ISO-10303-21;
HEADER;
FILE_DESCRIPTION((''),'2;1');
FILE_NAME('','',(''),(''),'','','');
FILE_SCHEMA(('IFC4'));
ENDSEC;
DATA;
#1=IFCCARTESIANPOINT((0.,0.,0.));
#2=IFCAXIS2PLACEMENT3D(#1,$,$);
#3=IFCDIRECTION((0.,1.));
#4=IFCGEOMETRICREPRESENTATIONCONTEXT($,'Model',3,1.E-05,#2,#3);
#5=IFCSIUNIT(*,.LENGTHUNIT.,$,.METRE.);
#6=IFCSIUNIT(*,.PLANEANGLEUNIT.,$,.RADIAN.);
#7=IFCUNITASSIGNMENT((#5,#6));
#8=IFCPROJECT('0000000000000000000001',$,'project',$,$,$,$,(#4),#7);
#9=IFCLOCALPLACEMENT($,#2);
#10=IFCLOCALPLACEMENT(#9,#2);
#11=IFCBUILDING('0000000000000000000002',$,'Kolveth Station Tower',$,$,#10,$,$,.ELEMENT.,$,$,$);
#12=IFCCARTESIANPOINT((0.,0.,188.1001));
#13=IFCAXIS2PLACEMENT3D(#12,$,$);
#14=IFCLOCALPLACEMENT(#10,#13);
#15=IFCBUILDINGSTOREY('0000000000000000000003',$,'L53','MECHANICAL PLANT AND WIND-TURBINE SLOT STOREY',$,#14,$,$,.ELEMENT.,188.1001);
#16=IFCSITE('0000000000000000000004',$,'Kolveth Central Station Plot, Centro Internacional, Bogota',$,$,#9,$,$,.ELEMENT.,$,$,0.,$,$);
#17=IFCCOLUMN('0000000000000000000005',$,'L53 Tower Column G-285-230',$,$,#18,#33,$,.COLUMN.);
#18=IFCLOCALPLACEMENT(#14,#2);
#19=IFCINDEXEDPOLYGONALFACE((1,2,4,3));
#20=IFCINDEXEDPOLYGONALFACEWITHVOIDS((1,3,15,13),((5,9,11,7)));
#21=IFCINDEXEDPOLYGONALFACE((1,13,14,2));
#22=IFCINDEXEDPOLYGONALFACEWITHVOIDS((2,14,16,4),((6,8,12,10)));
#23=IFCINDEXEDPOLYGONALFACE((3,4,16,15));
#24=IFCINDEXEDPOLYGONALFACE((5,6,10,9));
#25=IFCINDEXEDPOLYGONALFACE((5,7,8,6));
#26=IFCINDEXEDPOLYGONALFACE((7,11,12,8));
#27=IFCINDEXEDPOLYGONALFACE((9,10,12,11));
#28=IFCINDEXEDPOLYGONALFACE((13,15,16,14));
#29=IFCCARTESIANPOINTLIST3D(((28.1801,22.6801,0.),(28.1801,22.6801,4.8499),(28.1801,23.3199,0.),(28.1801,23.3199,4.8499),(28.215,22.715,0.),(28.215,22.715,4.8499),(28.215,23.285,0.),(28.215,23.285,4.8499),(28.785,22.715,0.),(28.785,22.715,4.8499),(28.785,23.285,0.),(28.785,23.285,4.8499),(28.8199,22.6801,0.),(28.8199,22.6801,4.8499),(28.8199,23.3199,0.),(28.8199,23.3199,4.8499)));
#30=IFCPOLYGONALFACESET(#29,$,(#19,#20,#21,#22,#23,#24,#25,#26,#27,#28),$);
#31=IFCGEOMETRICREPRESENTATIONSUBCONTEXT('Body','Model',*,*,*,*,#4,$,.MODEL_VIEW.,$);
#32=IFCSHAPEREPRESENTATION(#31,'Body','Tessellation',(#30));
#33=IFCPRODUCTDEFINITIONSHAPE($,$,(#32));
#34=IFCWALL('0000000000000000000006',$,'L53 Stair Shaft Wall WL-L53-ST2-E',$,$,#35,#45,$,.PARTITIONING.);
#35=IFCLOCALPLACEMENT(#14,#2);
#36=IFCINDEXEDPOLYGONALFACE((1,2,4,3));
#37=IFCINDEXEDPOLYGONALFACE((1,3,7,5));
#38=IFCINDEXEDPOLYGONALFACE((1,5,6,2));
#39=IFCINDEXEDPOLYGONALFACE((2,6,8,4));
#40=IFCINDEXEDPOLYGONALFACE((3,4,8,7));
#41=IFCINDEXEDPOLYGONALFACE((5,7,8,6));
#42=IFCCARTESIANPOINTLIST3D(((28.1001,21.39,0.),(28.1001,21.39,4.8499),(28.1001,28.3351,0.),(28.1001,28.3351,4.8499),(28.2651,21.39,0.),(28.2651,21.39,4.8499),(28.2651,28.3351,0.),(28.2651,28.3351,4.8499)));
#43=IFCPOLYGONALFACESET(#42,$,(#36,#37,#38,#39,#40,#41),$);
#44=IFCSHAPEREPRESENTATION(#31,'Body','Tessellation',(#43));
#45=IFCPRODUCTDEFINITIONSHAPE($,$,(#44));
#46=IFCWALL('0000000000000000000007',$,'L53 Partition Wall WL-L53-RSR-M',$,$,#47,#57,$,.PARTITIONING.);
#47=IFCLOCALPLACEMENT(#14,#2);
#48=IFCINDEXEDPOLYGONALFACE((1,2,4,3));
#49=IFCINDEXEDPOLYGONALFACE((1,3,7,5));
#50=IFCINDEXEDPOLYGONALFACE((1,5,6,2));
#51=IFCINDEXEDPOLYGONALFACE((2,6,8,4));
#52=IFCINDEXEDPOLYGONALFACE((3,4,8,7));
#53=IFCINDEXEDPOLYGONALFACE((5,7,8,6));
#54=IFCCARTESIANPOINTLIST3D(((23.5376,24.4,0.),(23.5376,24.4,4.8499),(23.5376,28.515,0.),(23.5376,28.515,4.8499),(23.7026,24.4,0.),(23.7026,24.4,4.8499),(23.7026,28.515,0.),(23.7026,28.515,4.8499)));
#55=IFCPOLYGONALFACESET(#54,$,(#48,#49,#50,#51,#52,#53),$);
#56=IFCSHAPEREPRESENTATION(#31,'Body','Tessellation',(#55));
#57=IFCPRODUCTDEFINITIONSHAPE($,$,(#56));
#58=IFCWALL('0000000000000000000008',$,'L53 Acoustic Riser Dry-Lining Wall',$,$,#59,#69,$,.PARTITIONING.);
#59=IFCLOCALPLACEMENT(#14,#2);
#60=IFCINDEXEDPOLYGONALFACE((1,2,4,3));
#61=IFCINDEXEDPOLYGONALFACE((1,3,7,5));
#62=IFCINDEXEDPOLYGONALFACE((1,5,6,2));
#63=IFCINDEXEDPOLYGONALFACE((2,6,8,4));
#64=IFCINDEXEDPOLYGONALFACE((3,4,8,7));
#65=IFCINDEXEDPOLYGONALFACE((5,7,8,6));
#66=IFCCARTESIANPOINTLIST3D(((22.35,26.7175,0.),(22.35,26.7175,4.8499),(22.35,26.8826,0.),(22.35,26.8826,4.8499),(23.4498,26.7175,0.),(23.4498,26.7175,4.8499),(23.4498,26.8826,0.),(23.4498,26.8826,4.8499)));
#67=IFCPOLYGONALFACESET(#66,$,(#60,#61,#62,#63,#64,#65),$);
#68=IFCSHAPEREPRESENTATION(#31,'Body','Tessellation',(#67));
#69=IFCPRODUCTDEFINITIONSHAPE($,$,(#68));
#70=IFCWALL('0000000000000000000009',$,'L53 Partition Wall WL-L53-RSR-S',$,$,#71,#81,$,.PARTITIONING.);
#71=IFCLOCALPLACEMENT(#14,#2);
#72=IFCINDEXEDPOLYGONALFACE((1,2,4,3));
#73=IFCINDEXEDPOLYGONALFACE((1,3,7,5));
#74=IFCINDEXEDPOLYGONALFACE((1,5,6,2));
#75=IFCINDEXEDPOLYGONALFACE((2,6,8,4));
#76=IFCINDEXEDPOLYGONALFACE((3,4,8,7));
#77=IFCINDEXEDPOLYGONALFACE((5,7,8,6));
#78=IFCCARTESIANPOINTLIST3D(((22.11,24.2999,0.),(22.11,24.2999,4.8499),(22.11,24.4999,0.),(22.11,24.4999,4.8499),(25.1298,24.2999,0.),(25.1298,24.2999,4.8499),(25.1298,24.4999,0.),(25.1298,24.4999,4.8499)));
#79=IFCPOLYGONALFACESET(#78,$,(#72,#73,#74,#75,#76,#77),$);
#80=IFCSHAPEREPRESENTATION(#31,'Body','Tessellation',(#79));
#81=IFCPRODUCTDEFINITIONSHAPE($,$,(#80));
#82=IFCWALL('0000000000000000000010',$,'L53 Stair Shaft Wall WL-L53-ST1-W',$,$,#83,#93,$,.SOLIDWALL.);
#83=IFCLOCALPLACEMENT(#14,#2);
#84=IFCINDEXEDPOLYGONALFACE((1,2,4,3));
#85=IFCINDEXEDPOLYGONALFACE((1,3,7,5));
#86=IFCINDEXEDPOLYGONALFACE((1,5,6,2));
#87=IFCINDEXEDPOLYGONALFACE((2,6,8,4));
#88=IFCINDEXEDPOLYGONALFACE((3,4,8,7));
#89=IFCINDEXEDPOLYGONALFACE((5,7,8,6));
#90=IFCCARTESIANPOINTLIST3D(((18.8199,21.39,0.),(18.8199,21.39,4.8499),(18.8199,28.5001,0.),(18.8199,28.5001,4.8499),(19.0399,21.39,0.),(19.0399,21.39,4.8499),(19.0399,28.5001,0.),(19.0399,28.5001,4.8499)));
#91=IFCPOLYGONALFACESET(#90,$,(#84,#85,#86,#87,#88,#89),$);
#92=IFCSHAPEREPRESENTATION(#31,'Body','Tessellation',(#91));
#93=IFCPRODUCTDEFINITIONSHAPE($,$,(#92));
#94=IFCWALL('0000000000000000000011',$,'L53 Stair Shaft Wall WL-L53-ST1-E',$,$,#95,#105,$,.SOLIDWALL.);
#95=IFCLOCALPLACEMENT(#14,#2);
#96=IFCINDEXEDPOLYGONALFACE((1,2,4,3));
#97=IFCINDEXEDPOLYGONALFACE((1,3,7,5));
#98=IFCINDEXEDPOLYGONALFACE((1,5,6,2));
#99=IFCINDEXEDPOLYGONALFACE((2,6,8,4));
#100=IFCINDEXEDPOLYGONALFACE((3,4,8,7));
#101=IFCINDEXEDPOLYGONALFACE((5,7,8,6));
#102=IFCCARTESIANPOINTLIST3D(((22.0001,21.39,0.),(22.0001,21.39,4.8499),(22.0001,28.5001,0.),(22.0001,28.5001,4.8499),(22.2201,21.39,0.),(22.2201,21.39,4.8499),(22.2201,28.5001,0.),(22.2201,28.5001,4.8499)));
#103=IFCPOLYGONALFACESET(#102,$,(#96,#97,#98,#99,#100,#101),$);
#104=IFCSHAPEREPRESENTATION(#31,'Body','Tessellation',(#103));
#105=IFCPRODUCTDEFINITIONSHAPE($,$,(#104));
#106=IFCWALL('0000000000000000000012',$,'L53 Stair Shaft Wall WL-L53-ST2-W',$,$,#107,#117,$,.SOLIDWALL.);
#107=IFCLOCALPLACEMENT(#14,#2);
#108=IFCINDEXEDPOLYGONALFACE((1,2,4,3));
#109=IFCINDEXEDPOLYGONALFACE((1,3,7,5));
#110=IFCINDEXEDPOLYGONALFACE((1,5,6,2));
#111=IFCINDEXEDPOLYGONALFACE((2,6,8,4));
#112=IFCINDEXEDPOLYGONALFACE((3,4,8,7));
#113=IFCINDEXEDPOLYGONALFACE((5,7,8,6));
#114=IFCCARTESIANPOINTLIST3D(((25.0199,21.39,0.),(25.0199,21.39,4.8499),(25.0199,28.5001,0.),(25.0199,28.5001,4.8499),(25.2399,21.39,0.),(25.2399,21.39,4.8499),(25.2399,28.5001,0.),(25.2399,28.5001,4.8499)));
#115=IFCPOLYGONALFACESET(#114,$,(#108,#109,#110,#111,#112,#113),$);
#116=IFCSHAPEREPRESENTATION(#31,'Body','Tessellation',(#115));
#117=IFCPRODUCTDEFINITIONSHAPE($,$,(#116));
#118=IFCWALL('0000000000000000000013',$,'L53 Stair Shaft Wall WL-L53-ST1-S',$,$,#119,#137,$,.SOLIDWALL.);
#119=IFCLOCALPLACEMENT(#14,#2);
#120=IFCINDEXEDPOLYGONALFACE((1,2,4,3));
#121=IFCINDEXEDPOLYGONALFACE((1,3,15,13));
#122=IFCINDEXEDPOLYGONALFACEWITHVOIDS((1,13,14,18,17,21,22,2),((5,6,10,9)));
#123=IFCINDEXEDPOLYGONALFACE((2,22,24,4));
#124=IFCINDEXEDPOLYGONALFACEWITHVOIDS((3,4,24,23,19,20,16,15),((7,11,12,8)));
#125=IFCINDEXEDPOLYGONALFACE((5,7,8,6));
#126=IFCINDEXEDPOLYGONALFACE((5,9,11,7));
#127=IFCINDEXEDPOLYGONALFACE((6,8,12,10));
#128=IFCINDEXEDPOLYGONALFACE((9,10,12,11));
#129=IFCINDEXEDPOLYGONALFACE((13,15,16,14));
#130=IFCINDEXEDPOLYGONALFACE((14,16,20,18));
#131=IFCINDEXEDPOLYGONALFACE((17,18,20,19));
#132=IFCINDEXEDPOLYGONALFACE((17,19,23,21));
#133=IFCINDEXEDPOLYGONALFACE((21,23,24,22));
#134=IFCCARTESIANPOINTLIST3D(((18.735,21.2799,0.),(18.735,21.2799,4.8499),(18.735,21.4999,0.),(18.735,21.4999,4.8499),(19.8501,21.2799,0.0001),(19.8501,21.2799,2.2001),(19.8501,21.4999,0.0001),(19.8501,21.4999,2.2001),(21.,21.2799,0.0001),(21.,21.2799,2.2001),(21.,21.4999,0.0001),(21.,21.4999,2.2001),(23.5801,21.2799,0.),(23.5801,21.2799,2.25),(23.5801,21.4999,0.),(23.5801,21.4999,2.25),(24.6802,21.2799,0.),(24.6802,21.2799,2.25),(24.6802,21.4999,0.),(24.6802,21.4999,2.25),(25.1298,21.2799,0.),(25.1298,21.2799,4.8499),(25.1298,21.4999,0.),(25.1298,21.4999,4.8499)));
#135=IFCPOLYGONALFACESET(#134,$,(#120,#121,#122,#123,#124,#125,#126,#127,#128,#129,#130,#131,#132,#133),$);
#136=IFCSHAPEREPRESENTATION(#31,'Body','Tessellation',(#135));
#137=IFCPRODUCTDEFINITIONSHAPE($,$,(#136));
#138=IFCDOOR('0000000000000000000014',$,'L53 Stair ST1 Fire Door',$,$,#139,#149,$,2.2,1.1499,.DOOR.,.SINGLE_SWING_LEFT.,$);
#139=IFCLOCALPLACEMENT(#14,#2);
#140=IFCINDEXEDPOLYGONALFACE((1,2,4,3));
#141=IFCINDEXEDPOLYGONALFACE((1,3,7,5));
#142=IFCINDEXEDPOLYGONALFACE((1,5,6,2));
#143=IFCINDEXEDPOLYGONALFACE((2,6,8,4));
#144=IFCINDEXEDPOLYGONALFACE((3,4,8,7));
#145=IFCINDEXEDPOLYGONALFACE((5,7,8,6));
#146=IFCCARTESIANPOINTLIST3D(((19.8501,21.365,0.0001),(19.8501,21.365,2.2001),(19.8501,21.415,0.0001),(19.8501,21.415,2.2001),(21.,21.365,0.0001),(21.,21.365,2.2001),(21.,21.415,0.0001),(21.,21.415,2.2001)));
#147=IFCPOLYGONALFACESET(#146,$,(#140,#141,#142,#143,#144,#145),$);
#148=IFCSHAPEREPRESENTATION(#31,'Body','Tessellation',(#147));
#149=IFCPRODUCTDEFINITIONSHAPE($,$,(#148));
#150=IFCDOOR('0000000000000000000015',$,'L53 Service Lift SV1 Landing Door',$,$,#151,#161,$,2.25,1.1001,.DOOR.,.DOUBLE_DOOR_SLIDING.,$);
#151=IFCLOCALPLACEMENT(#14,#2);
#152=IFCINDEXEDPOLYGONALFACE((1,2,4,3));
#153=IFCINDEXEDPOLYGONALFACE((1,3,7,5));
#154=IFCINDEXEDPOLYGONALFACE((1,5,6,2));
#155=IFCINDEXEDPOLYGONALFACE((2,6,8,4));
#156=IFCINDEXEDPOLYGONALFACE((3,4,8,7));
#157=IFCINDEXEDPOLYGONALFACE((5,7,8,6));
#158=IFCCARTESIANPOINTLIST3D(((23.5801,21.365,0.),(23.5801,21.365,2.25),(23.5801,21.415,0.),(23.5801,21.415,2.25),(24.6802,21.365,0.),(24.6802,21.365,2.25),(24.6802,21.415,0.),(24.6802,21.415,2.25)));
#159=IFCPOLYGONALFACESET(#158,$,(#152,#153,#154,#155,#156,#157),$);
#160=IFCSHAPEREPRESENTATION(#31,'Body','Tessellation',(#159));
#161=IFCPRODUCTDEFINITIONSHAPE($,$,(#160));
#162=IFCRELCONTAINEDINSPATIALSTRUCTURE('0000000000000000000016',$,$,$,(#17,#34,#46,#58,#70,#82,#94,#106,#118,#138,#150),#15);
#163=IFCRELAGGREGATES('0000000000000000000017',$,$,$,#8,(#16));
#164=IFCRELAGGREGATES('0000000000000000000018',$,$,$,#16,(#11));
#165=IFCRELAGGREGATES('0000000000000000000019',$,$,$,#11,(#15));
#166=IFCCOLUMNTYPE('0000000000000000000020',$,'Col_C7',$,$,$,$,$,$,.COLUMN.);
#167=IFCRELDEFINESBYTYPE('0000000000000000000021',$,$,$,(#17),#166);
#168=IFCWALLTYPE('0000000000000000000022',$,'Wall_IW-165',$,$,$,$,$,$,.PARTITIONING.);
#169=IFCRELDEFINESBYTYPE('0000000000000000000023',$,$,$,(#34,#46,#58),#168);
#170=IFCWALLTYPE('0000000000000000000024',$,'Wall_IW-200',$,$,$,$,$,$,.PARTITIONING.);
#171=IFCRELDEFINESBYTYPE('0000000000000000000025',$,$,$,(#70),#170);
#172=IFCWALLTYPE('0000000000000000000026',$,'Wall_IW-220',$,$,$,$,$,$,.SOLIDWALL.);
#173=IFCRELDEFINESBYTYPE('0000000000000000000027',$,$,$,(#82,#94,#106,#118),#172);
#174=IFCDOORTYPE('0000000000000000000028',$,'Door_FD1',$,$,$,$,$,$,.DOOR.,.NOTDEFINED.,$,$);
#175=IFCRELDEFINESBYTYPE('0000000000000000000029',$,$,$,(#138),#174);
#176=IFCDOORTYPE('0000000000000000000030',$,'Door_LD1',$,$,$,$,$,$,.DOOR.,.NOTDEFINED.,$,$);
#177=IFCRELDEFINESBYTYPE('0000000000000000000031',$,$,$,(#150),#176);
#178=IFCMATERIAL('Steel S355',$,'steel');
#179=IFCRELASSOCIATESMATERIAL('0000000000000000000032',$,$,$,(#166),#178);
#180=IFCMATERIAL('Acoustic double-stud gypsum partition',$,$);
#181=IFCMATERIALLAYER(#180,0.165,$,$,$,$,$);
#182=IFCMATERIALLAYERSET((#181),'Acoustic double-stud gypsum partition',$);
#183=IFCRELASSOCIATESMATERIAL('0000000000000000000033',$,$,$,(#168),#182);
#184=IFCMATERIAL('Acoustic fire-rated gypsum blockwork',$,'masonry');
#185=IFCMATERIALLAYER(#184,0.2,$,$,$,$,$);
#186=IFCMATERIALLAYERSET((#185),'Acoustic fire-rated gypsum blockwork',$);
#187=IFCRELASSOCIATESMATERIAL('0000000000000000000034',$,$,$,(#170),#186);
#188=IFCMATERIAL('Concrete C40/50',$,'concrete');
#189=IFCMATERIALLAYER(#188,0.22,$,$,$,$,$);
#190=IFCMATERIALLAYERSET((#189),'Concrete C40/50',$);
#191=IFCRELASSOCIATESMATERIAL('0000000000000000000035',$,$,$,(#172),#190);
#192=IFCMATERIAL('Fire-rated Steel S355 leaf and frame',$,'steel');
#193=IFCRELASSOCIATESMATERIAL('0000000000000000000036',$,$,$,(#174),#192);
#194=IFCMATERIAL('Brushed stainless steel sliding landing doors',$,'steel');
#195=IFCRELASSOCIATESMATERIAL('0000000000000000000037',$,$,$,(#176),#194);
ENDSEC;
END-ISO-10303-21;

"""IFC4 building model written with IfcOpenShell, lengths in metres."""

from ifc_helpers import new_model, si_unit, direction, frame, frame_2d, origin, origin_2d, place, context, subcontext, project, spatial, rectangle, hollow_rectangle, extrude, source, transform, mapped, material, layer, layer_set, material_profile, profile_set, type_object, element, fill, save


model = new_model("IFC4")

# Units and contexts
model_context = context("Model", 3, precision=1e-05, world=origin(), true_north=direction((0.0, 1.0)))
body_context = subcontext(model_context, "Body", "Model", "MODEL_VIEW")
ifc_project = project(units=[si_unit("LENGTHUNIT", "METRE"), si_unit("PLANEANGLEUNIT", "RADIAN")], contexts=[model_context])

# Site, building, storey
site_placement = place(None, origin())
site = spatial("IfcSite", under=ifc_project, at=site_placement, Name="Kolveth Central Station Plot, Centro Internacional, Bogota", CompositionType="ELEMENT", RefElevation=0.0)
building_placement = place(site_placement, origin())
building = spatial("IfcBuilding", under=site, at=building_placement, Name="Kolveth Station Tower", CompositionType="ELEMENT")
storey_placement = place(building_placement, frame((0.0, 0.0, 188.1001)))
storey = spatial("IfcBuildingStorey", under=building, at=storey_placement, Name="L53", Description="MECHANICAL PLANT AND WIND-TURBINE SLOT STOREY", CompositionType="ELEMENT", Elevation=188.1001)

# Column
ifc_material_1 = material(Name="Steel S355", Category="steel")
ifc_material_profile = material_profile(ifc_material_1, hollow_rectangle(XDim=0.6399, YDim=0.6399, WallThickness=0.0349, at=origin_2d()), Name="BOX640x640x35")
ifc_profile_set = profile_set([ifc_material_profile], Name="Steel S355")
column_type = type_object("IfcColumnType", Name="Col_C7", PredefinedType="COLUMN", material=ifc_profile_set)
shared_shape = source(origin(), body_context, "Body", "SweptSolid", [
    extrude(hollow_rectangle(XDim=0.6399, YDim=0.6399, WallThickness=0.0349, at=origin_2d()), origin(), (0.0, 0.0, 1.0), 4.8499),
])
column_placement = place(storey_placement, frame((28.5, 23.0, 0.0), z_axis=(0.0, 0.0, 1.0), x_axis=(1.0, 0.0, 0.0)))
element("IfcColumn", 1, at=column_placement, inside=storey, type_object=column_type, Name="L53 Tower Column G-285-230", PredefinedType="COLUMN", context=body_context, shape_type="MappedRepresentation", body=[
    mapped(shared_shape, transform((0.0, 0.0, 0.0), x_axis=(1.0, 0.0, 0.0), y_axis=(0.0, 1.0, 0.0), z_axis=(0.0, 0.0, 1.0), scale=1.0)),
])

# Walls
ifc_material_2 = material(Name="Acoustic double-stud gypsum partition")
ifc_layer_1 = layer(ifc_material_2, 0.165)
ifc_layer_set_1 = layer_set([ifc_layer_1], Name="Acoustic double-stud gypsum partition")
wall_type_1 = type_object("IfcWallType", Name="Wall_IW-165", PredefinedType="PARTITIONING", material=ifc_layer_set_1)
wall_1_placement = place(storey_placement, frame((28.1826, 21.3899, 0.0), z_axis=(0.0, 0.0, 1.0), x_axis=(0.0, 1.0, 0.0)))
element("IfcWall", 2, at=wall_1_placement, inside=storey, type_object=wall_type_1, Name="L53 Stair Shaft Wall WL-L53-ST2-E", PredefinedType="PARTITIONING", context=body_context, shape_type="SweptSolid", body=[
    extrude(rectangle(XDim=6.9451, YDim=0.165, at=frame_2d((3.4727, 0.0))), origin(), (0.0, 0.0, 1.0), 4.8499),
])
wall_2_placement = place(storey_placement, frame((23.6201, 24.3999, 0.0), z_axis=(0.0, 0.0, 1.0), x_axis=(0.0, 1.0, 0.0)))
element("IfcWall", 3, at=wall_2_placement, inside=storey, type_object=wall_type_1, Name="L53 Partition Wall WL-L53-RSR-M", PredefinedType="PARTITIONING", context=body_context, shape_type="SweptSolid", body=[
    extrude(rectangle(XDim=4.115, YDim=0.165, at=frame_2d((2.0576, 0.0))), origin(), (0.0, 0.0, 1.0), 4.8499),
])
wall_3_placement = place(storey_placement, frame((22.3501, 26.8, 0.0), z_axis=(0.0, 0.0, 1.0), x_axis=(1.0, 0.0, 0.0)))
element("IfcWall", 4, at=wall_3_placement, inside=storey, type_object=wall_type_1, Name="L53 Acoustic Riser Dry-Lining Wall", PredefinedType="PARTITIONING", context=body_context, shape_type="SweptSolid", body=[
    extrude(rectangle(XDim=1.0999, YDim=0.165, at=frame_2d((0.5498, 0.0))), origin(), (0.0, 0.0, 1.0), 4.8499),
])
ifc_material_3 = material(Name="Acoustic fire-rated gypsum blockwork", Category="masonry")
ifc_layer_2 = layer(ifc_material_3, 0.2)
ifc_layer_set_2 = layer_set([ifc_layer_2], Name="Acoustic fire-rated gypsum blockwork")
wall_type_2 = type_object("IfcWallType", Name="Wall_IW-200", PredefinedType="PARTITIONING", material=ifc_layer_set_2)
wall_4_placement = place(storey_placement, frame((22.1101, 24.3999, 0.0), z_axis=(0.0, 0.0, 1.0), x_axis=(1.0, 0.0, 0.0)))
element("IfcWall", 5, at=wall_4_placement, inside=storey, type_object=wall_type_2, Name="L53 Partition Wall WL-L53-RSR-S", PredefinedType="PARTITIONING", context=body_context, shape_type="SweptSolid", body=[
    extrude(rectangle(XDim=3.0198, YDim=0.2, at=frame_2d((1.5098, 0.0))), origin(), (0.0, 0.0, 1.0), 4.8499),
])
ifc_material_4 = material(Name="Concrete C40/50", Category="concrete")
ifc_layer_3 = layer(ifc_material_4, 0.22)
ifc_layer_set_3 = layer_set([ifc_layer_3], Name="Concrete C40/50")
wall_type_3 = type_object("IfcWallType", Name="Wall_IW-220", PredefinedType="SOLIDWALL", material=ifc_layer_set_3)
for number, where, z_axis, x_axis, name in (
    (6, (18.9299, 21.3899, 0.0), (0.0, 0.0, 1.0), (0.0, 1.0, 0.0), "L53 Stair Shaft Wall WL-L53-ST1-W"),
    (7, (22.1101, 21.3899, 0.0), (0.0, 0.0, 1.0), (0.0, 1.0, 0.0), "L53 Stair Shaft Wall WL-L53-ST1-E"),
    (8, (25.1299, 21.3899, 0.0), (0.0, 0.0, 1.0), (0.0, 1.0, 0.0), "L53 Stair Shaft Wall WL-L53-ST2-W"),
):
    element("IfcWall", number, at=place(storey_placement, frame(where, z_axis=z_axis, x_axis=x_axis)), inside=storey, type_object=wall_type_3, Name=name, PredefinedType="SOLIDWALL", context=body_context, shape_type="SweptSolid", body=[
        extrude(rectangle(XDim=7.1101, YDim=0.22, at=frame_2d((3.5552, 0.0))), origin(), (0.0, 0.0, 1.0), 4.8499),
    ])

# Wall, openings, doors
wall_5_placement = place(storey_placement, frame((18.7351, 21.3899, 0.0), z_axis=(0.0, 0.0, 1.0), x_axis=(1.0, 0.0, 0.0)))
wall_5 = element("IfcWall", 9, at=wall_5_placement, inside=storey, type_object=wall_type_3, Name="L53 Stair Shaft Wall WL-L53-ST1-S", PredefinedType="SOLIDWALL", context=body_context, shape_type="SweptSolid", body=[
    extrude(rectangle(XDim=6.3948, YDim=0.22, at=frame_2d((3.1973, 0.0))), origin(), (0.0, 0.0, 1.0), 4.8499),
])
opening_1_placement = place(wall_5_placement, frame((1.115, 0.0, 0.0)))
opening_1 = element("IfcOpeningElement", 10, at=opening_1_placement, cuts=wall_5, PredefinedType="OPENING", context=body_context, shape_type="SweptSolid", body=[
    extrude(rectangle(XDim=1.1499, YDim=2.2, at=frame_2d((0.575, 1.1001))), frame((0.0, 0.1199, 0.0), z_axis=(0.0, -1.0, 0.0), x_axis=(1.0, 0.0, 0.0)), (0.0, 0.0, 1.0), 0.24),
])
opening_2_placement = place(wall_5_placement, frame((4.845, 0.0, 0.0)))
opening_2 = element("IfcOpeningElement", 11, at=opening_2_placement, cuts=wall_5, PredefinedType="OPENING", context=body_context, shape_type="SweptSolid", body=[
    extrude(rectangle(XDim=1.1001, YDim=2.25, at=frame_2d((0.55, 1.125))), frame((0.0, 0.1199, 0.0), z_axis=(0.0, -1.0, 0.0), x_axis=(1.0, 0.0, 0.0)), (0.0, 0.0, 1.0), 0.24),
])
ifc_material_5 = material(Name="Fire-rated Steel S355 leaf and frame", Category="steel")
door_type_1 = type_object("IfcDoorType", Name="Door_FD1", OperationType="NOTDEFINED", PredefinedType="DOOR", material=ifc_material_5)
door_1_placement = place(opening_1_placement, frame((1.1499, 0.0, 0.0), z_axis=(0.0, 0.0, 1.0), x_axis=(-1.0, 0.0, 0.0)))
door_1 = element("IfcDoor", 12, at=door_1_placement, inside=storey, type_object=door_type_1, Name="L53 Stair ST1 Fire Door", OperationType="SINGLE_SWING_LEFT", OverallHeight=2.2, OverallWidth=1.1499, PredefinedType="DOOR", context=body_context, shape_type="SweptSolid", body=[
    extrude(rectangle(XDim=1.1499, YDim=2.2, at=frame_2d((0.575, 1.1001))), frame((0.0, 0.0249, 0.0), z_axis=(0.0, -1.0, 0.0), x_axis=(1.0, 0.0, 0.0)), (0.0, 0.0, 1.0), 0.05),
])
fill(opening_1, door_1)
ifc_material_6 = material(Name="Brushed stainless steel sliding landing doors", Category="steel")
door_type_2 = type_object("IfcDoorType", Name="Door_LD1", OperationType="NOTDEFINED", PredefinedType="DOOR", material=ifc_material_6)
door_2_placement = place(opening_2_placement, frame((1.1001, 0.0, 0.0), z_axis=(0.0, 0.0, 1.0), x_axis=(-1.0, 0.0, 0.0)))
door_2 = element("IfcDoor", 13, at=door_2_placement, inside=storey, type_object=door_type_2, Name="L53 Service Lift SV1 Landing Door", OperationType="DOUBLE_DOOR_SLIDING", OverallHeight=2.25, OverallWidth=1.1001, PredefinedType="DOOR", context=body_context, shape_type="SweptSolid", body=[
    extrude(rectangle(XDim=1.1001, YDim=2.25, at=frame_2d((0.55, 1.125))), frame((0.0, 0.0249, 0.0), z_axis=(0.0, -1.0, 0.0), x_axis=(1.0, 0.0, 0.0)), (0.0, 0.0, 1.0), 0.05),
])
fill(opening_2, door_2)

save(model, "model.ifc")
